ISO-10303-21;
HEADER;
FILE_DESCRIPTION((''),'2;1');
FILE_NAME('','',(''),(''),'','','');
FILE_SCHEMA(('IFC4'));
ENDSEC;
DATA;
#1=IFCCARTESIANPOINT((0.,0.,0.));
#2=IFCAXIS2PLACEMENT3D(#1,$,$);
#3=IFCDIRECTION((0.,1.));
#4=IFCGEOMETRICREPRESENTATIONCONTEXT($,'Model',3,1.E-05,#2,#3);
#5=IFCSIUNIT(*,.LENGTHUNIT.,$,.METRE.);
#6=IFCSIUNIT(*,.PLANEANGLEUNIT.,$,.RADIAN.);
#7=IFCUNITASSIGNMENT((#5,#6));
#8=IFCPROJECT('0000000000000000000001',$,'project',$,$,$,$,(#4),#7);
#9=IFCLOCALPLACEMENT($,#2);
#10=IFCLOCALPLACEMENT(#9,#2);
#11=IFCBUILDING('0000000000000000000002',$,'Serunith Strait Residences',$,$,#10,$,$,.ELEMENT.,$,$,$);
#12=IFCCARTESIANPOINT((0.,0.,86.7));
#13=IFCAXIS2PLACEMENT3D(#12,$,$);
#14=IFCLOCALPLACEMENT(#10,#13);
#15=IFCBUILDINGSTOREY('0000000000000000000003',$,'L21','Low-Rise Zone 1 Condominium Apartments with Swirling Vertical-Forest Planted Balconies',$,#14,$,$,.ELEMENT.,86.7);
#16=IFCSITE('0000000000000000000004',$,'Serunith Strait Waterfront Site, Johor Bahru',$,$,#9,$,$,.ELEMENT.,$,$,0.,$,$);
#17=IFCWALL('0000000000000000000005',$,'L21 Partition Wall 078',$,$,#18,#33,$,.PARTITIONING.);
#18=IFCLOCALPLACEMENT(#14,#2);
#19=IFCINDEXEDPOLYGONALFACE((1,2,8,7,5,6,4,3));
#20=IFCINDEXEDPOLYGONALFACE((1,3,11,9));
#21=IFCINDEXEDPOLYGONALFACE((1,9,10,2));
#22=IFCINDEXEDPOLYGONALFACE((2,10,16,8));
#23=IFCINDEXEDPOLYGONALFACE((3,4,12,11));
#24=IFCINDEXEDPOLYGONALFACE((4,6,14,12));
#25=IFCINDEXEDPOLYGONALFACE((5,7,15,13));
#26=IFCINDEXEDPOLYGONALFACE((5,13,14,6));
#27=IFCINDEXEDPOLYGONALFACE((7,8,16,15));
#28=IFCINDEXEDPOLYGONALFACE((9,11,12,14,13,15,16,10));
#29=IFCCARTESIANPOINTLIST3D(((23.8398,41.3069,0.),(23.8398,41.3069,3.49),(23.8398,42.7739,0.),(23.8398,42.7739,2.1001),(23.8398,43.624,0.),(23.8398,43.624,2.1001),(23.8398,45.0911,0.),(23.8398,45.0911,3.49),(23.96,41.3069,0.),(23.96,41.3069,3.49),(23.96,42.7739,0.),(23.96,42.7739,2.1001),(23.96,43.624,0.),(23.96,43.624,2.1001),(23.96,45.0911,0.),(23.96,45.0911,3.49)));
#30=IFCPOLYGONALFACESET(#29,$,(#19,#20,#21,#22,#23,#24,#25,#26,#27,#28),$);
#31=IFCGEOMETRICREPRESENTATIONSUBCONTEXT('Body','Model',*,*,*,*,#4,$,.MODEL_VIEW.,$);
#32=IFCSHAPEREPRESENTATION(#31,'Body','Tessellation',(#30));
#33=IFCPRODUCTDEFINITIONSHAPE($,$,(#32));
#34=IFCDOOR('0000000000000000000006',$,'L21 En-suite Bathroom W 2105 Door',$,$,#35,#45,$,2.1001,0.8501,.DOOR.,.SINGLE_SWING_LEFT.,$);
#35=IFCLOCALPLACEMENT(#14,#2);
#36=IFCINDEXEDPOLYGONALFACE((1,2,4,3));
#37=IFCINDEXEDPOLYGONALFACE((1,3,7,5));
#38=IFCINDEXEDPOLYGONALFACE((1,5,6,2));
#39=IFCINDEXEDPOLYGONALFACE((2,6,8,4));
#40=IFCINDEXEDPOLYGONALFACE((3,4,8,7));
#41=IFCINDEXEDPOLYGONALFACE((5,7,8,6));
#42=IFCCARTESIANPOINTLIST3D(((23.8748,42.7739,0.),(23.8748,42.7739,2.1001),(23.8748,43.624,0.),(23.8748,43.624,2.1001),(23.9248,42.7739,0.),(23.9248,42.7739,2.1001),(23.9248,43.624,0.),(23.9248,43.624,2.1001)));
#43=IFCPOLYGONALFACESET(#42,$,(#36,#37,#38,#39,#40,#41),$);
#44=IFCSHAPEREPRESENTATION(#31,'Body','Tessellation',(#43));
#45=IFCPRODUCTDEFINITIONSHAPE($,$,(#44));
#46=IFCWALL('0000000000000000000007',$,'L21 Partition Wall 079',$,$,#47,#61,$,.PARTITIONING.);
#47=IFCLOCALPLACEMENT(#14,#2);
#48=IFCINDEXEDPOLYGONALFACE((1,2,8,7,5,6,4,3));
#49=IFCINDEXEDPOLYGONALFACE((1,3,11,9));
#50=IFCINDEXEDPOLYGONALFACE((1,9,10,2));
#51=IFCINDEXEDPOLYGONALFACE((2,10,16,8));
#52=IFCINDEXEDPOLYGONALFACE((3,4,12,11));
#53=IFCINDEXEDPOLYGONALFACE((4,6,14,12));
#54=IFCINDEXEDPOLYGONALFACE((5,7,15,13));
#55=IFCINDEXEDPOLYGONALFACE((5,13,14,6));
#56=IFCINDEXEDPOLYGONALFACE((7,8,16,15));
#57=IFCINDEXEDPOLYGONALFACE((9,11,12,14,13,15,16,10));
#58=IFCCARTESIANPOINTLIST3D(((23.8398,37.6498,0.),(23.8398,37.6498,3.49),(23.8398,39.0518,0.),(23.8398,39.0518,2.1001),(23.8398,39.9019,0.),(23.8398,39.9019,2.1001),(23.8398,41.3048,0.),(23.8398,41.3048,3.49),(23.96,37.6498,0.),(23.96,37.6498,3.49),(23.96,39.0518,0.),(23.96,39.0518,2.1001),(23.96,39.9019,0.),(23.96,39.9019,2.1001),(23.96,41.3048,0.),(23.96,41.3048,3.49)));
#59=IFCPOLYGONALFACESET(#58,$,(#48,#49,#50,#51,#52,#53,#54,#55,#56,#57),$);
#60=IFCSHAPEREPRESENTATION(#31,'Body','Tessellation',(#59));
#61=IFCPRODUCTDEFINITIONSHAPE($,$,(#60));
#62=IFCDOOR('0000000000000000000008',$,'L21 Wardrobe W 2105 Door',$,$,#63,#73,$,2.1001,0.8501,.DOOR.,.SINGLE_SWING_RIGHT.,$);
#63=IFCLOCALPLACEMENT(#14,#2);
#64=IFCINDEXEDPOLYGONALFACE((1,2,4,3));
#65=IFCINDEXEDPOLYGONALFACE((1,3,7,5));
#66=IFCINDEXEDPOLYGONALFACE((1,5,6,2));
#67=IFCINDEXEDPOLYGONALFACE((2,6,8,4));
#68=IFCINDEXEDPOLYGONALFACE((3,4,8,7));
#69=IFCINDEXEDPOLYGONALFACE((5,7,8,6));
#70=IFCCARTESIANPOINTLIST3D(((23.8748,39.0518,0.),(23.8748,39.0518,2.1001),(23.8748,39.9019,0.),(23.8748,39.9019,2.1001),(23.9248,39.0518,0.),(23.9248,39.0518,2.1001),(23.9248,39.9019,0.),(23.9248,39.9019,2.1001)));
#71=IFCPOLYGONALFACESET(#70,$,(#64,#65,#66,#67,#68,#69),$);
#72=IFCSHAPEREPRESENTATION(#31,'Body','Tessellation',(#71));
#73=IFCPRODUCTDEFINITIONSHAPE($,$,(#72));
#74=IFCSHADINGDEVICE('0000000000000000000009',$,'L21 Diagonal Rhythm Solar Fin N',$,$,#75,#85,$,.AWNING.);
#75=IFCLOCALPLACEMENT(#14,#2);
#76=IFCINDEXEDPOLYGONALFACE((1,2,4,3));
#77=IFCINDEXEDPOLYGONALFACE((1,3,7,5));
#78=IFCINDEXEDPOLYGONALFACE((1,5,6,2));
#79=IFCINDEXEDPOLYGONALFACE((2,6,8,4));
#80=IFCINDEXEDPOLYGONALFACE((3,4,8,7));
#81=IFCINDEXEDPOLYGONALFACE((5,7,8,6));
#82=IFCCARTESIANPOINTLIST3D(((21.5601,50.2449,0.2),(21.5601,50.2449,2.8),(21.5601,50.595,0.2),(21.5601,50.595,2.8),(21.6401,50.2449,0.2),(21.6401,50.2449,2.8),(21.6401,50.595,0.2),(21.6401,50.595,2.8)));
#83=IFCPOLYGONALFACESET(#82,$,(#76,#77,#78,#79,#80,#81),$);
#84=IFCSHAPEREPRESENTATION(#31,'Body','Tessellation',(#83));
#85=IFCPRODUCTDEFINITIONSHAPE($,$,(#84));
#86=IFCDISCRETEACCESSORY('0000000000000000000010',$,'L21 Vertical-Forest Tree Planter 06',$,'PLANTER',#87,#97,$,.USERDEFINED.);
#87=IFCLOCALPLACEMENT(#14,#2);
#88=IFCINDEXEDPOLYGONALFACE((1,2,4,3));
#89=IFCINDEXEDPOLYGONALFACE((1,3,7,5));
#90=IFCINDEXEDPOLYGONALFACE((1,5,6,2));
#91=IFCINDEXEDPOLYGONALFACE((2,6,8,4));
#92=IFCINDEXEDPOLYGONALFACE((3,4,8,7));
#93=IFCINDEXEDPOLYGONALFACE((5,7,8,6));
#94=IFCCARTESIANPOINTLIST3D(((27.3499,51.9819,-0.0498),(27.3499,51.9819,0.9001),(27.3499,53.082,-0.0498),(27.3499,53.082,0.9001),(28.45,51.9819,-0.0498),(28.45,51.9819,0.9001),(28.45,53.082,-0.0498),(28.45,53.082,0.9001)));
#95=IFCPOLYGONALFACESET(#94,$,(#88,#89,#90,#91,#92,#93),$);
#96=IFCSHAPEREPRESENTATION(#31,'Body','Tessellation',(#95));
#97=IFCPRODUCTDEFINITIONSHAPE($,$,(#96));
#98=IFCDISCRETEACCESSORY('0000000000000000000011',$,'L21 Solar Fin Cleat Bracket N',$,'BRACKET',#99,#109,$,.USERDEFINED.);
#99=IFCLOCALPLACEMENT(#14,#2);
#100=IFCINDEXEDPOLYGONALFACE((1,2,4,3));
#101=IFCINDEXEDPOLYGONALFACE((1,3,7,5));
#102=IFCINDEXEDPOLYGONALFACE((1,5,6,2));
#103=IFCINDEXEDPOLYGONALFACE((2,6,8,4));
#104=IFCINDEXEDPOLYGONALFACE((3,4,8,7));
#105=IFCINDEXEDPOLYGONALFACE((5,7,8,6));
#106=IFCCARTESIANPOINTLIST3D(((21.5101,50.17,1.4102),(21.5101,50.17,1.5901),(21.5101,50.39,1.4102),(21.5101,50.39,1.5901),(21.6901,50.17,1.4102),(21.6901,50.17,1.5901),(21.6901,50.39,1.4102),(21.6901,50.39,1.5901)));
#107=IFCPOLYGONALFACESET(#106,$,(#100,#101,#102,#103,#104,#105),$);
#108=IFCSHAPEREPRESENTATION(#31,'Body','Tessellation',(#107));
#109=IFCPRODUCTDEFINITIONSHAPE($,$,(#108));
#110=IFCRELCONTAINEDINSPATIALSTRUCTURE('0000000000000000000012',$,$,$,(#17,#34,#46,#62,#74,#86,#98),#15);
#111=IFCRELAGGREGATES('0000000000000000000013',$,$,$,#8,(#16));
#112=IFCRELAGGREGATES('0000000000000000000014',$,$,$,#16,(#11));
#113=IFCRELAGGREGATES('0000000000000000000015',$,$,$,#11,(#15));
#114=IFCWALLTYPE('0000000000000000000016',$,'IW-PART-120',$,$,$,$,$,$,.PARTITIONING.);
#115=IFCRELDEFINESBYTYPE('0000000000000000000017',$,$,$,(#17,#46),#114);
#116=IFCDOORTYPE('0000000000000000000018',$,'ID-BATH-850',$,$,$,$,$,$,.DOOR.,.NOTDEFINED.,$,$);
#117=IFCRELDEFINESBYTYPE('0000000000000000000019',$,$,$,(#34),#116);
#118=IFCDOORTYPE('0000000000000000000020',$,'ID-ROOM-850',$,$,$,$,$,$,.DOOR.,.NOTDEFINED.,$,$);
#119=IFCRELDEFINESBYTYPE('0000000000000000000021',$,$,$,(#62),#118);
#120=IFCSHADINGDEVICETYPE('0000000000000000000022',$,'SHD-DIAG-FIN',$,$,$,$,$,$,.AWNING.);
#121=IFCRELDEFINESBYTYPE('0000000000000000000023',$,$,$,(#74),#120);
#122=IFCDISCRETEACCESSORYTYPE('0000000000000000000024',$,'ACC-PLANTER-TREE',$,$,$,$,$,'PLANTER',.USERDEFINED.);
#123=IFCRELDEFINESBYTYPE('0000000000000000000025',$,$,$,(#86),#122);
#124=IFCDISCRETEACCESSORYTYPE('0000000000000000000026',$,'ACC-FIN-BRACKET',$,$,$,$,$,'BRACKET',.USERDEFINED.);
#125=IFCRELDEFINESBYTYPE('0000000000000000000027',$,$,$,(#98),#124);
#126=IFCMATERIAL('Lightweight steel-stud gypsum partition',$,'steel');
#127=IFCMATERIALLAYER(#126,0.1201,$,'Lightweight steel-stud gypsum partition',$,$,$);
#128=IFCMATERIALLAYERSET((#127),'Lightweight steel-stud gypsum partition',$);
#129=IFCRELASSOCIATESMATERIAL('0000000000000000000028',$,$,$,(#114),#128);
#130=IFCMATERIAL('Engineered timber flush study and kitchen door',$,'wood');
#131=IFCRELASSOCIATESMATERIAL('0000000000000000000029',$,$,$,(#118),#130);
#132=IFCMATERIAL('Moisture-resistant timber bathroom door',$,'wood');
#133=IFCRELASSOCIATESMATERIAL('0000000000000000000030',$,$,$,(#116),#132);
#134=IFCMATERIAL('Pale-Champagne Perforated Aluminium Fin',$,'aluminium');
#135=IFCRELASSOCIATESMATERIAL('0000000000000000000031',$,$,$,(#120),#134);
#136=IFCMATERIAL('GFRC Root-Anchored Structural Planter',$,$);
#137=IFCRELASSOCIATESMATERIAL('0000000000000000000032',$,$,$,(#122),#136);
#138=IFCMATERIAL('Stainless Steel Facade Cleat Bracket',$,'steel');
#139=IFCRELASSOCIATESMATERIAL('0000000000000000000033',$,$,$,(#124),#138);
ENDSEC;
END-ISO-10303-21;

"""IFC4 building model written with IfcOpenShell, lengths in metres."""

from ifc_helpers import new_model, si_unit, direction, frame, frame_2d, origin, origin_2d, place, context, subcontext, project, spatial, rectangle, extrude, source, transform, mapped, material, layer, layer_set, type_object, element, fill, save


model = new_model("IFC4")

# Units and contexts
model_context = context("Model", 3, precision=1e-05, world=origin(), true_north=direction((0.0, 1.0)))
body_context = subcontext(model_context, "Body", "Model", "MODEL_VIEW")
ifc_project = project(units=[si_unit("LENGTHUNIT", "METRE"), si_unit("PLANEANGLEUNIT", "RADIAN")], contexts=[model_context])

# Site, building, storey
site_placement = place(None, origin())
site = spatial("IfcSite", under=ifc_project, at=site_placement, Name="Serunith Strait Waterfront Site, Johor Bahru", CompositionType="ELEMENT", RefElevation=0.0)
building_placement = place(site_placement, origin())
building = spatial("IfcBuilding", under=site, at=building_placement, Name="Serunith Strait Residences", CompositionType="ELEMENT")
storey_placement = place(building_placement, frame((0.0, 0.0, 86.7)))
storey = spatial("IfcBuildingStorey", under=building, at=storey_placement, Name="L21", Description="Low-Rise Zone 1 Condominium Apartments with Swirling Vertical-Forest Planted Balconies", CompositionType="ELEMENT", Elevation=86.7)

# Shared definitions
ifc_material_1 = material(Name="Lightweight steel-stud gypsum partition", Category="steel")
ifc_layer_1 = layer(ifc_material_1, 0.1201, Name="Lightweight steel-stud gypsum partition")
ifc_layer_set_1 = layer_set([ifc_layer_1], Name="Lightweight steel-stud gypsum partition")
wall_type = type_object("IfcWallType", Name="IW-PART-120", PredefinedType="PARTITIONING", material=ifc_layer_set_1)
ifc_material_2 = material(Name="Engineered timber flush study and kitchen door", Category="wood")
door_type_1 = type_object("IfcDoorType", Name="ID-ROOM-850", OperationType="NOTDEFINED", PredefinedType="DOOR", material=ifc_material_2)
shared_shape_1 = source(origin(), body_context, "Body", "SweptSolid", [
    extrude(rectangle(XDim=0.8501, YDim=2.1001, at=frame_2d((0.425, 1.05))), frame((0.0, 0.0249, 0.0), z_axis=(0.0, -1.0, 0.0), x_axis=(1.0, 0.0, 0.0)), (0.0, 0.0, 1.0), 0.05),
])

# Walls, openings, doors
ifc_material_3 = material(Name="Moisture-resistant timber bathroom door", Category="wood")
door_type_2 = type_object("IfcDoorType", Name="ID-BATH-850", OperationType="NOTDEFINED", PredefinedType="DOOR", material=ifc_material_3)
wall_1_placement = place(storey_placement, frame((23.8999, 45.0911, 0.0), z_axis=(0.0, 0.0, 1.0), x_axis=(0.0, -1.0, 0.0)))
wall_1 = element("IfcWall", 1, at=wall_1_placement, inside=storey, type_object=wall_type, Name="L21 Partition Wall 078", PredefinedType="PARTITIONING", context=body_context, shape_type="SweptSolid", body=[
    extrude(rectangle(XDim=3.7842, YDim=0.1201, at=frame_2d((1.8921, 0.0))), origin(), (0.0, 0.0, 1.0), 3.49),
])
opening_1_placement = place(wall_1_placement, frame((1.467, 0.0, 0.0)))
opening_1 = element("IfcOpeningElement", 2, at=opening_1_placement, cuts=wall_1, PredefinedType="OPENING", context=body_context, shape_type="SweptSolid", body=[
    extrude(rectangle(XDim=0.8501, YDim=2.1001, at=frame_2d((0.425, 1.05))), frame((0.0, 0.0701, 0.0), z_axis=(0.0, -1.0, 0.0), x_axis=(1.0, 0.0, 0.0)), (0.0, 0.0, 1.0), 0.1401),
])
door_1_placement = place(opening_1_placement, origin())
door_1 = element("IfcDoor", 3, at=door_1_placement, inside=storey, type_object=door_type_2, Name="L21 En-suite Bathroom W 2105 Door", OperationType="SINGLE_SWING_LEFT", OverallHeight=2.1001, OverallWidth=0.8501, PredefinedType="DOOR", context=body_context, shape_type="MappedRepresentation", body=[
    mapped(shared_shape_1, transform((0.0, 0.0, 0.0), scale=1.0)),
])
fill(opening_1, door_1)
wall_2_placement = place(storey_placement, frame((23.8999, 41.3049, 0.0), z_axis=(0.0, 0.0, 1.0), x_axis=(0.0, -1.0, 0.0)))
wall_2 = element("IfcWall", 4, at=wall_2_placement, inside=storey, type_object=wall_type, Name="L21 Partition Wall 079", PredefinedType="PARTITIONING", context=body_context, shape_type="SweptSolid", body=[
    extrude(rectangle(XDim=3.655, YDim=0.1201, at=frame_2d((1.8276, 0.0))), origin(), (0.0, 0.0, 1.0), 3.49),
])
opening_2_placement = place(wall_2_placement, frame((1.4031, 0.0, 0.0)))
opening_2 = element("IfcOpeningElement", 5, at=opening_2_placement, cuts=wall_2, PredefinedType="OPENING", context=body_context, shape_type="SweptSolid", body=[
    extrude(rectangle(XDim=0.8501, YDim=2.1001, at=frame_2d((0.425, 1.05))), frame((0.0, 0.0701, 0.0), z_axis=(0.0, -1.0, 0.0), x_axis=(1.0, 0.0, 0.0)), (0.0, 0.0, 1.0), 0.1401),
])
door_2_placement = place(opening_2_placement, origin())
door_2 = element("IfcDoor", 6, at=door_2_placement, inside=storey, type_object=door_type_1, Name="L21 Wardrobe W 2105 Door", OperationType="SINGLE_SWING_RIGHT", OverallHeight=2.1001, OverallWidth=0.8501, PredefinedType="DOOR", context=body_context, shape_type="MappedRepresentation", body=[
    mapped(shared_shape_1, transform((0.0, 0.0, 0.0), scale=1.0)),
])
fill(opening_2, door_2)

# Shading device
ifc_material_4 = material(Name="Pale-Champagne Perforated Aluminium Fin", Category="aluminium")
shading_device_type = type_object("IfcShadingDeviceType", Name="SHD-DIAG-FIN", PredefinedType="AWNING", material=ifc_material_4)
shared_shape_2 = source(origin(), body_context, "Body", "SweptSolid", [
    extrude(rectangle(XDim=0.0801, YDim=0.3501, at=origin_2d()), origin(), (0.0, 0.0, 1.0), 2.6001),
])
shading_device_placement = place(storey_placement, frame((21.6001, 50.4199, 0.2), z_axis=(0.0, 0.0, 1.0), x_axis=(1.0, 0.0, 0.0)))
element("IfcShadingDevice", 7, at=shading_device_placement, inside=storey, type_object=shading_device_type, Name="L21 Diagonal Rhythm Solar Fin N", PredefinedType="AWNING", context=body_context, shape_type="MappedRepresentation", body=[
    mapped(shared_shape_2, transform((0.0, 0.0, 0.0), scale=1.0)),
])

# Discrete accessories
ifc_material_5 = material(Name="GFRC Root-Anchored Structural Planter")
discrete_accessory_type_1 = type_object("IfcDiscreteAccessoryType", Name="ACC-PLANTER-TREE", ElementType="PLANTER", PredefinedType="USERDEFINED", material=ifc_material_5)
shared_shape_3 = source(origin(), body_context, "Body", "SweptSolid", [
    extrude(rectangle(XDim=1.1001, YDim=1.1001, at=origin_2d()), origin(), (0.0, 0.0, 1.0), 0.95),
])
discrete_accessory_1_placement = place(storey_placement, frame((27.8999, 52.532, -0.0498), z_axis=(0.0, 0.0, 1.0), x_axis=(-1.0, 0.0, 0.0)))
element("IfcDiscreteAccessory", 8, at=discrete_accessory_1_placement, inside=storey, type_object=discrete_accessory_type_1, Name="L21 Vertical-Forest Tree Planter 06", ObjectType="PLANTER", PredefinedType="USERDEFINED", context=body_context, shape_type="MappedRepresentation", body=[
    mapped(shared_shape_3, transform((0.0, 0.0, 0.0), scale=1.0)),
])
ifc_material_6 = material(Name="Stainless Steel Facade Cleat Bracket", Category="steel")
discrete_accessory_type_2 = type_object("IfcDiscreteAccessoryType", Name="ACC-FIN-BRACKET", ElementType="BRACKET", PredefinedType="USERDEFINED", material=ifc_material_6)
shared_shape_4 = source(origin(), body_context, "Body", "SweptSolid", [
    extrude(rectangle(XDim=0.1799, YDim=0.22, at=origin_2d()), origin(), (0.0, 0.0, 1.0), 0.1799),
])
discrete_accessory_2_placement = place(storey_placement, frame((21.6001, 50.28, 1.4102), z_axis=(0.0, 0.0, 1.0), x_axis=(1.0, 0.0, 0.0)))
element("IfcDiscreteAccessory", 9, at=discrete_accessory_2_placement, inside=storey, type_object=discrete_accessory_type_2, Name="L21 Solar Fin Cleat Bracket N", ObjectType="BRACKET", PredefinedType="USERDEFINED", context=body_context, shape_type="MappedRepresentation", body=[
    mapped(shared_shape_4, transform((0.0, 0.0, 0.0), scale=1.0)),
])

save(model, "model.ifc")
